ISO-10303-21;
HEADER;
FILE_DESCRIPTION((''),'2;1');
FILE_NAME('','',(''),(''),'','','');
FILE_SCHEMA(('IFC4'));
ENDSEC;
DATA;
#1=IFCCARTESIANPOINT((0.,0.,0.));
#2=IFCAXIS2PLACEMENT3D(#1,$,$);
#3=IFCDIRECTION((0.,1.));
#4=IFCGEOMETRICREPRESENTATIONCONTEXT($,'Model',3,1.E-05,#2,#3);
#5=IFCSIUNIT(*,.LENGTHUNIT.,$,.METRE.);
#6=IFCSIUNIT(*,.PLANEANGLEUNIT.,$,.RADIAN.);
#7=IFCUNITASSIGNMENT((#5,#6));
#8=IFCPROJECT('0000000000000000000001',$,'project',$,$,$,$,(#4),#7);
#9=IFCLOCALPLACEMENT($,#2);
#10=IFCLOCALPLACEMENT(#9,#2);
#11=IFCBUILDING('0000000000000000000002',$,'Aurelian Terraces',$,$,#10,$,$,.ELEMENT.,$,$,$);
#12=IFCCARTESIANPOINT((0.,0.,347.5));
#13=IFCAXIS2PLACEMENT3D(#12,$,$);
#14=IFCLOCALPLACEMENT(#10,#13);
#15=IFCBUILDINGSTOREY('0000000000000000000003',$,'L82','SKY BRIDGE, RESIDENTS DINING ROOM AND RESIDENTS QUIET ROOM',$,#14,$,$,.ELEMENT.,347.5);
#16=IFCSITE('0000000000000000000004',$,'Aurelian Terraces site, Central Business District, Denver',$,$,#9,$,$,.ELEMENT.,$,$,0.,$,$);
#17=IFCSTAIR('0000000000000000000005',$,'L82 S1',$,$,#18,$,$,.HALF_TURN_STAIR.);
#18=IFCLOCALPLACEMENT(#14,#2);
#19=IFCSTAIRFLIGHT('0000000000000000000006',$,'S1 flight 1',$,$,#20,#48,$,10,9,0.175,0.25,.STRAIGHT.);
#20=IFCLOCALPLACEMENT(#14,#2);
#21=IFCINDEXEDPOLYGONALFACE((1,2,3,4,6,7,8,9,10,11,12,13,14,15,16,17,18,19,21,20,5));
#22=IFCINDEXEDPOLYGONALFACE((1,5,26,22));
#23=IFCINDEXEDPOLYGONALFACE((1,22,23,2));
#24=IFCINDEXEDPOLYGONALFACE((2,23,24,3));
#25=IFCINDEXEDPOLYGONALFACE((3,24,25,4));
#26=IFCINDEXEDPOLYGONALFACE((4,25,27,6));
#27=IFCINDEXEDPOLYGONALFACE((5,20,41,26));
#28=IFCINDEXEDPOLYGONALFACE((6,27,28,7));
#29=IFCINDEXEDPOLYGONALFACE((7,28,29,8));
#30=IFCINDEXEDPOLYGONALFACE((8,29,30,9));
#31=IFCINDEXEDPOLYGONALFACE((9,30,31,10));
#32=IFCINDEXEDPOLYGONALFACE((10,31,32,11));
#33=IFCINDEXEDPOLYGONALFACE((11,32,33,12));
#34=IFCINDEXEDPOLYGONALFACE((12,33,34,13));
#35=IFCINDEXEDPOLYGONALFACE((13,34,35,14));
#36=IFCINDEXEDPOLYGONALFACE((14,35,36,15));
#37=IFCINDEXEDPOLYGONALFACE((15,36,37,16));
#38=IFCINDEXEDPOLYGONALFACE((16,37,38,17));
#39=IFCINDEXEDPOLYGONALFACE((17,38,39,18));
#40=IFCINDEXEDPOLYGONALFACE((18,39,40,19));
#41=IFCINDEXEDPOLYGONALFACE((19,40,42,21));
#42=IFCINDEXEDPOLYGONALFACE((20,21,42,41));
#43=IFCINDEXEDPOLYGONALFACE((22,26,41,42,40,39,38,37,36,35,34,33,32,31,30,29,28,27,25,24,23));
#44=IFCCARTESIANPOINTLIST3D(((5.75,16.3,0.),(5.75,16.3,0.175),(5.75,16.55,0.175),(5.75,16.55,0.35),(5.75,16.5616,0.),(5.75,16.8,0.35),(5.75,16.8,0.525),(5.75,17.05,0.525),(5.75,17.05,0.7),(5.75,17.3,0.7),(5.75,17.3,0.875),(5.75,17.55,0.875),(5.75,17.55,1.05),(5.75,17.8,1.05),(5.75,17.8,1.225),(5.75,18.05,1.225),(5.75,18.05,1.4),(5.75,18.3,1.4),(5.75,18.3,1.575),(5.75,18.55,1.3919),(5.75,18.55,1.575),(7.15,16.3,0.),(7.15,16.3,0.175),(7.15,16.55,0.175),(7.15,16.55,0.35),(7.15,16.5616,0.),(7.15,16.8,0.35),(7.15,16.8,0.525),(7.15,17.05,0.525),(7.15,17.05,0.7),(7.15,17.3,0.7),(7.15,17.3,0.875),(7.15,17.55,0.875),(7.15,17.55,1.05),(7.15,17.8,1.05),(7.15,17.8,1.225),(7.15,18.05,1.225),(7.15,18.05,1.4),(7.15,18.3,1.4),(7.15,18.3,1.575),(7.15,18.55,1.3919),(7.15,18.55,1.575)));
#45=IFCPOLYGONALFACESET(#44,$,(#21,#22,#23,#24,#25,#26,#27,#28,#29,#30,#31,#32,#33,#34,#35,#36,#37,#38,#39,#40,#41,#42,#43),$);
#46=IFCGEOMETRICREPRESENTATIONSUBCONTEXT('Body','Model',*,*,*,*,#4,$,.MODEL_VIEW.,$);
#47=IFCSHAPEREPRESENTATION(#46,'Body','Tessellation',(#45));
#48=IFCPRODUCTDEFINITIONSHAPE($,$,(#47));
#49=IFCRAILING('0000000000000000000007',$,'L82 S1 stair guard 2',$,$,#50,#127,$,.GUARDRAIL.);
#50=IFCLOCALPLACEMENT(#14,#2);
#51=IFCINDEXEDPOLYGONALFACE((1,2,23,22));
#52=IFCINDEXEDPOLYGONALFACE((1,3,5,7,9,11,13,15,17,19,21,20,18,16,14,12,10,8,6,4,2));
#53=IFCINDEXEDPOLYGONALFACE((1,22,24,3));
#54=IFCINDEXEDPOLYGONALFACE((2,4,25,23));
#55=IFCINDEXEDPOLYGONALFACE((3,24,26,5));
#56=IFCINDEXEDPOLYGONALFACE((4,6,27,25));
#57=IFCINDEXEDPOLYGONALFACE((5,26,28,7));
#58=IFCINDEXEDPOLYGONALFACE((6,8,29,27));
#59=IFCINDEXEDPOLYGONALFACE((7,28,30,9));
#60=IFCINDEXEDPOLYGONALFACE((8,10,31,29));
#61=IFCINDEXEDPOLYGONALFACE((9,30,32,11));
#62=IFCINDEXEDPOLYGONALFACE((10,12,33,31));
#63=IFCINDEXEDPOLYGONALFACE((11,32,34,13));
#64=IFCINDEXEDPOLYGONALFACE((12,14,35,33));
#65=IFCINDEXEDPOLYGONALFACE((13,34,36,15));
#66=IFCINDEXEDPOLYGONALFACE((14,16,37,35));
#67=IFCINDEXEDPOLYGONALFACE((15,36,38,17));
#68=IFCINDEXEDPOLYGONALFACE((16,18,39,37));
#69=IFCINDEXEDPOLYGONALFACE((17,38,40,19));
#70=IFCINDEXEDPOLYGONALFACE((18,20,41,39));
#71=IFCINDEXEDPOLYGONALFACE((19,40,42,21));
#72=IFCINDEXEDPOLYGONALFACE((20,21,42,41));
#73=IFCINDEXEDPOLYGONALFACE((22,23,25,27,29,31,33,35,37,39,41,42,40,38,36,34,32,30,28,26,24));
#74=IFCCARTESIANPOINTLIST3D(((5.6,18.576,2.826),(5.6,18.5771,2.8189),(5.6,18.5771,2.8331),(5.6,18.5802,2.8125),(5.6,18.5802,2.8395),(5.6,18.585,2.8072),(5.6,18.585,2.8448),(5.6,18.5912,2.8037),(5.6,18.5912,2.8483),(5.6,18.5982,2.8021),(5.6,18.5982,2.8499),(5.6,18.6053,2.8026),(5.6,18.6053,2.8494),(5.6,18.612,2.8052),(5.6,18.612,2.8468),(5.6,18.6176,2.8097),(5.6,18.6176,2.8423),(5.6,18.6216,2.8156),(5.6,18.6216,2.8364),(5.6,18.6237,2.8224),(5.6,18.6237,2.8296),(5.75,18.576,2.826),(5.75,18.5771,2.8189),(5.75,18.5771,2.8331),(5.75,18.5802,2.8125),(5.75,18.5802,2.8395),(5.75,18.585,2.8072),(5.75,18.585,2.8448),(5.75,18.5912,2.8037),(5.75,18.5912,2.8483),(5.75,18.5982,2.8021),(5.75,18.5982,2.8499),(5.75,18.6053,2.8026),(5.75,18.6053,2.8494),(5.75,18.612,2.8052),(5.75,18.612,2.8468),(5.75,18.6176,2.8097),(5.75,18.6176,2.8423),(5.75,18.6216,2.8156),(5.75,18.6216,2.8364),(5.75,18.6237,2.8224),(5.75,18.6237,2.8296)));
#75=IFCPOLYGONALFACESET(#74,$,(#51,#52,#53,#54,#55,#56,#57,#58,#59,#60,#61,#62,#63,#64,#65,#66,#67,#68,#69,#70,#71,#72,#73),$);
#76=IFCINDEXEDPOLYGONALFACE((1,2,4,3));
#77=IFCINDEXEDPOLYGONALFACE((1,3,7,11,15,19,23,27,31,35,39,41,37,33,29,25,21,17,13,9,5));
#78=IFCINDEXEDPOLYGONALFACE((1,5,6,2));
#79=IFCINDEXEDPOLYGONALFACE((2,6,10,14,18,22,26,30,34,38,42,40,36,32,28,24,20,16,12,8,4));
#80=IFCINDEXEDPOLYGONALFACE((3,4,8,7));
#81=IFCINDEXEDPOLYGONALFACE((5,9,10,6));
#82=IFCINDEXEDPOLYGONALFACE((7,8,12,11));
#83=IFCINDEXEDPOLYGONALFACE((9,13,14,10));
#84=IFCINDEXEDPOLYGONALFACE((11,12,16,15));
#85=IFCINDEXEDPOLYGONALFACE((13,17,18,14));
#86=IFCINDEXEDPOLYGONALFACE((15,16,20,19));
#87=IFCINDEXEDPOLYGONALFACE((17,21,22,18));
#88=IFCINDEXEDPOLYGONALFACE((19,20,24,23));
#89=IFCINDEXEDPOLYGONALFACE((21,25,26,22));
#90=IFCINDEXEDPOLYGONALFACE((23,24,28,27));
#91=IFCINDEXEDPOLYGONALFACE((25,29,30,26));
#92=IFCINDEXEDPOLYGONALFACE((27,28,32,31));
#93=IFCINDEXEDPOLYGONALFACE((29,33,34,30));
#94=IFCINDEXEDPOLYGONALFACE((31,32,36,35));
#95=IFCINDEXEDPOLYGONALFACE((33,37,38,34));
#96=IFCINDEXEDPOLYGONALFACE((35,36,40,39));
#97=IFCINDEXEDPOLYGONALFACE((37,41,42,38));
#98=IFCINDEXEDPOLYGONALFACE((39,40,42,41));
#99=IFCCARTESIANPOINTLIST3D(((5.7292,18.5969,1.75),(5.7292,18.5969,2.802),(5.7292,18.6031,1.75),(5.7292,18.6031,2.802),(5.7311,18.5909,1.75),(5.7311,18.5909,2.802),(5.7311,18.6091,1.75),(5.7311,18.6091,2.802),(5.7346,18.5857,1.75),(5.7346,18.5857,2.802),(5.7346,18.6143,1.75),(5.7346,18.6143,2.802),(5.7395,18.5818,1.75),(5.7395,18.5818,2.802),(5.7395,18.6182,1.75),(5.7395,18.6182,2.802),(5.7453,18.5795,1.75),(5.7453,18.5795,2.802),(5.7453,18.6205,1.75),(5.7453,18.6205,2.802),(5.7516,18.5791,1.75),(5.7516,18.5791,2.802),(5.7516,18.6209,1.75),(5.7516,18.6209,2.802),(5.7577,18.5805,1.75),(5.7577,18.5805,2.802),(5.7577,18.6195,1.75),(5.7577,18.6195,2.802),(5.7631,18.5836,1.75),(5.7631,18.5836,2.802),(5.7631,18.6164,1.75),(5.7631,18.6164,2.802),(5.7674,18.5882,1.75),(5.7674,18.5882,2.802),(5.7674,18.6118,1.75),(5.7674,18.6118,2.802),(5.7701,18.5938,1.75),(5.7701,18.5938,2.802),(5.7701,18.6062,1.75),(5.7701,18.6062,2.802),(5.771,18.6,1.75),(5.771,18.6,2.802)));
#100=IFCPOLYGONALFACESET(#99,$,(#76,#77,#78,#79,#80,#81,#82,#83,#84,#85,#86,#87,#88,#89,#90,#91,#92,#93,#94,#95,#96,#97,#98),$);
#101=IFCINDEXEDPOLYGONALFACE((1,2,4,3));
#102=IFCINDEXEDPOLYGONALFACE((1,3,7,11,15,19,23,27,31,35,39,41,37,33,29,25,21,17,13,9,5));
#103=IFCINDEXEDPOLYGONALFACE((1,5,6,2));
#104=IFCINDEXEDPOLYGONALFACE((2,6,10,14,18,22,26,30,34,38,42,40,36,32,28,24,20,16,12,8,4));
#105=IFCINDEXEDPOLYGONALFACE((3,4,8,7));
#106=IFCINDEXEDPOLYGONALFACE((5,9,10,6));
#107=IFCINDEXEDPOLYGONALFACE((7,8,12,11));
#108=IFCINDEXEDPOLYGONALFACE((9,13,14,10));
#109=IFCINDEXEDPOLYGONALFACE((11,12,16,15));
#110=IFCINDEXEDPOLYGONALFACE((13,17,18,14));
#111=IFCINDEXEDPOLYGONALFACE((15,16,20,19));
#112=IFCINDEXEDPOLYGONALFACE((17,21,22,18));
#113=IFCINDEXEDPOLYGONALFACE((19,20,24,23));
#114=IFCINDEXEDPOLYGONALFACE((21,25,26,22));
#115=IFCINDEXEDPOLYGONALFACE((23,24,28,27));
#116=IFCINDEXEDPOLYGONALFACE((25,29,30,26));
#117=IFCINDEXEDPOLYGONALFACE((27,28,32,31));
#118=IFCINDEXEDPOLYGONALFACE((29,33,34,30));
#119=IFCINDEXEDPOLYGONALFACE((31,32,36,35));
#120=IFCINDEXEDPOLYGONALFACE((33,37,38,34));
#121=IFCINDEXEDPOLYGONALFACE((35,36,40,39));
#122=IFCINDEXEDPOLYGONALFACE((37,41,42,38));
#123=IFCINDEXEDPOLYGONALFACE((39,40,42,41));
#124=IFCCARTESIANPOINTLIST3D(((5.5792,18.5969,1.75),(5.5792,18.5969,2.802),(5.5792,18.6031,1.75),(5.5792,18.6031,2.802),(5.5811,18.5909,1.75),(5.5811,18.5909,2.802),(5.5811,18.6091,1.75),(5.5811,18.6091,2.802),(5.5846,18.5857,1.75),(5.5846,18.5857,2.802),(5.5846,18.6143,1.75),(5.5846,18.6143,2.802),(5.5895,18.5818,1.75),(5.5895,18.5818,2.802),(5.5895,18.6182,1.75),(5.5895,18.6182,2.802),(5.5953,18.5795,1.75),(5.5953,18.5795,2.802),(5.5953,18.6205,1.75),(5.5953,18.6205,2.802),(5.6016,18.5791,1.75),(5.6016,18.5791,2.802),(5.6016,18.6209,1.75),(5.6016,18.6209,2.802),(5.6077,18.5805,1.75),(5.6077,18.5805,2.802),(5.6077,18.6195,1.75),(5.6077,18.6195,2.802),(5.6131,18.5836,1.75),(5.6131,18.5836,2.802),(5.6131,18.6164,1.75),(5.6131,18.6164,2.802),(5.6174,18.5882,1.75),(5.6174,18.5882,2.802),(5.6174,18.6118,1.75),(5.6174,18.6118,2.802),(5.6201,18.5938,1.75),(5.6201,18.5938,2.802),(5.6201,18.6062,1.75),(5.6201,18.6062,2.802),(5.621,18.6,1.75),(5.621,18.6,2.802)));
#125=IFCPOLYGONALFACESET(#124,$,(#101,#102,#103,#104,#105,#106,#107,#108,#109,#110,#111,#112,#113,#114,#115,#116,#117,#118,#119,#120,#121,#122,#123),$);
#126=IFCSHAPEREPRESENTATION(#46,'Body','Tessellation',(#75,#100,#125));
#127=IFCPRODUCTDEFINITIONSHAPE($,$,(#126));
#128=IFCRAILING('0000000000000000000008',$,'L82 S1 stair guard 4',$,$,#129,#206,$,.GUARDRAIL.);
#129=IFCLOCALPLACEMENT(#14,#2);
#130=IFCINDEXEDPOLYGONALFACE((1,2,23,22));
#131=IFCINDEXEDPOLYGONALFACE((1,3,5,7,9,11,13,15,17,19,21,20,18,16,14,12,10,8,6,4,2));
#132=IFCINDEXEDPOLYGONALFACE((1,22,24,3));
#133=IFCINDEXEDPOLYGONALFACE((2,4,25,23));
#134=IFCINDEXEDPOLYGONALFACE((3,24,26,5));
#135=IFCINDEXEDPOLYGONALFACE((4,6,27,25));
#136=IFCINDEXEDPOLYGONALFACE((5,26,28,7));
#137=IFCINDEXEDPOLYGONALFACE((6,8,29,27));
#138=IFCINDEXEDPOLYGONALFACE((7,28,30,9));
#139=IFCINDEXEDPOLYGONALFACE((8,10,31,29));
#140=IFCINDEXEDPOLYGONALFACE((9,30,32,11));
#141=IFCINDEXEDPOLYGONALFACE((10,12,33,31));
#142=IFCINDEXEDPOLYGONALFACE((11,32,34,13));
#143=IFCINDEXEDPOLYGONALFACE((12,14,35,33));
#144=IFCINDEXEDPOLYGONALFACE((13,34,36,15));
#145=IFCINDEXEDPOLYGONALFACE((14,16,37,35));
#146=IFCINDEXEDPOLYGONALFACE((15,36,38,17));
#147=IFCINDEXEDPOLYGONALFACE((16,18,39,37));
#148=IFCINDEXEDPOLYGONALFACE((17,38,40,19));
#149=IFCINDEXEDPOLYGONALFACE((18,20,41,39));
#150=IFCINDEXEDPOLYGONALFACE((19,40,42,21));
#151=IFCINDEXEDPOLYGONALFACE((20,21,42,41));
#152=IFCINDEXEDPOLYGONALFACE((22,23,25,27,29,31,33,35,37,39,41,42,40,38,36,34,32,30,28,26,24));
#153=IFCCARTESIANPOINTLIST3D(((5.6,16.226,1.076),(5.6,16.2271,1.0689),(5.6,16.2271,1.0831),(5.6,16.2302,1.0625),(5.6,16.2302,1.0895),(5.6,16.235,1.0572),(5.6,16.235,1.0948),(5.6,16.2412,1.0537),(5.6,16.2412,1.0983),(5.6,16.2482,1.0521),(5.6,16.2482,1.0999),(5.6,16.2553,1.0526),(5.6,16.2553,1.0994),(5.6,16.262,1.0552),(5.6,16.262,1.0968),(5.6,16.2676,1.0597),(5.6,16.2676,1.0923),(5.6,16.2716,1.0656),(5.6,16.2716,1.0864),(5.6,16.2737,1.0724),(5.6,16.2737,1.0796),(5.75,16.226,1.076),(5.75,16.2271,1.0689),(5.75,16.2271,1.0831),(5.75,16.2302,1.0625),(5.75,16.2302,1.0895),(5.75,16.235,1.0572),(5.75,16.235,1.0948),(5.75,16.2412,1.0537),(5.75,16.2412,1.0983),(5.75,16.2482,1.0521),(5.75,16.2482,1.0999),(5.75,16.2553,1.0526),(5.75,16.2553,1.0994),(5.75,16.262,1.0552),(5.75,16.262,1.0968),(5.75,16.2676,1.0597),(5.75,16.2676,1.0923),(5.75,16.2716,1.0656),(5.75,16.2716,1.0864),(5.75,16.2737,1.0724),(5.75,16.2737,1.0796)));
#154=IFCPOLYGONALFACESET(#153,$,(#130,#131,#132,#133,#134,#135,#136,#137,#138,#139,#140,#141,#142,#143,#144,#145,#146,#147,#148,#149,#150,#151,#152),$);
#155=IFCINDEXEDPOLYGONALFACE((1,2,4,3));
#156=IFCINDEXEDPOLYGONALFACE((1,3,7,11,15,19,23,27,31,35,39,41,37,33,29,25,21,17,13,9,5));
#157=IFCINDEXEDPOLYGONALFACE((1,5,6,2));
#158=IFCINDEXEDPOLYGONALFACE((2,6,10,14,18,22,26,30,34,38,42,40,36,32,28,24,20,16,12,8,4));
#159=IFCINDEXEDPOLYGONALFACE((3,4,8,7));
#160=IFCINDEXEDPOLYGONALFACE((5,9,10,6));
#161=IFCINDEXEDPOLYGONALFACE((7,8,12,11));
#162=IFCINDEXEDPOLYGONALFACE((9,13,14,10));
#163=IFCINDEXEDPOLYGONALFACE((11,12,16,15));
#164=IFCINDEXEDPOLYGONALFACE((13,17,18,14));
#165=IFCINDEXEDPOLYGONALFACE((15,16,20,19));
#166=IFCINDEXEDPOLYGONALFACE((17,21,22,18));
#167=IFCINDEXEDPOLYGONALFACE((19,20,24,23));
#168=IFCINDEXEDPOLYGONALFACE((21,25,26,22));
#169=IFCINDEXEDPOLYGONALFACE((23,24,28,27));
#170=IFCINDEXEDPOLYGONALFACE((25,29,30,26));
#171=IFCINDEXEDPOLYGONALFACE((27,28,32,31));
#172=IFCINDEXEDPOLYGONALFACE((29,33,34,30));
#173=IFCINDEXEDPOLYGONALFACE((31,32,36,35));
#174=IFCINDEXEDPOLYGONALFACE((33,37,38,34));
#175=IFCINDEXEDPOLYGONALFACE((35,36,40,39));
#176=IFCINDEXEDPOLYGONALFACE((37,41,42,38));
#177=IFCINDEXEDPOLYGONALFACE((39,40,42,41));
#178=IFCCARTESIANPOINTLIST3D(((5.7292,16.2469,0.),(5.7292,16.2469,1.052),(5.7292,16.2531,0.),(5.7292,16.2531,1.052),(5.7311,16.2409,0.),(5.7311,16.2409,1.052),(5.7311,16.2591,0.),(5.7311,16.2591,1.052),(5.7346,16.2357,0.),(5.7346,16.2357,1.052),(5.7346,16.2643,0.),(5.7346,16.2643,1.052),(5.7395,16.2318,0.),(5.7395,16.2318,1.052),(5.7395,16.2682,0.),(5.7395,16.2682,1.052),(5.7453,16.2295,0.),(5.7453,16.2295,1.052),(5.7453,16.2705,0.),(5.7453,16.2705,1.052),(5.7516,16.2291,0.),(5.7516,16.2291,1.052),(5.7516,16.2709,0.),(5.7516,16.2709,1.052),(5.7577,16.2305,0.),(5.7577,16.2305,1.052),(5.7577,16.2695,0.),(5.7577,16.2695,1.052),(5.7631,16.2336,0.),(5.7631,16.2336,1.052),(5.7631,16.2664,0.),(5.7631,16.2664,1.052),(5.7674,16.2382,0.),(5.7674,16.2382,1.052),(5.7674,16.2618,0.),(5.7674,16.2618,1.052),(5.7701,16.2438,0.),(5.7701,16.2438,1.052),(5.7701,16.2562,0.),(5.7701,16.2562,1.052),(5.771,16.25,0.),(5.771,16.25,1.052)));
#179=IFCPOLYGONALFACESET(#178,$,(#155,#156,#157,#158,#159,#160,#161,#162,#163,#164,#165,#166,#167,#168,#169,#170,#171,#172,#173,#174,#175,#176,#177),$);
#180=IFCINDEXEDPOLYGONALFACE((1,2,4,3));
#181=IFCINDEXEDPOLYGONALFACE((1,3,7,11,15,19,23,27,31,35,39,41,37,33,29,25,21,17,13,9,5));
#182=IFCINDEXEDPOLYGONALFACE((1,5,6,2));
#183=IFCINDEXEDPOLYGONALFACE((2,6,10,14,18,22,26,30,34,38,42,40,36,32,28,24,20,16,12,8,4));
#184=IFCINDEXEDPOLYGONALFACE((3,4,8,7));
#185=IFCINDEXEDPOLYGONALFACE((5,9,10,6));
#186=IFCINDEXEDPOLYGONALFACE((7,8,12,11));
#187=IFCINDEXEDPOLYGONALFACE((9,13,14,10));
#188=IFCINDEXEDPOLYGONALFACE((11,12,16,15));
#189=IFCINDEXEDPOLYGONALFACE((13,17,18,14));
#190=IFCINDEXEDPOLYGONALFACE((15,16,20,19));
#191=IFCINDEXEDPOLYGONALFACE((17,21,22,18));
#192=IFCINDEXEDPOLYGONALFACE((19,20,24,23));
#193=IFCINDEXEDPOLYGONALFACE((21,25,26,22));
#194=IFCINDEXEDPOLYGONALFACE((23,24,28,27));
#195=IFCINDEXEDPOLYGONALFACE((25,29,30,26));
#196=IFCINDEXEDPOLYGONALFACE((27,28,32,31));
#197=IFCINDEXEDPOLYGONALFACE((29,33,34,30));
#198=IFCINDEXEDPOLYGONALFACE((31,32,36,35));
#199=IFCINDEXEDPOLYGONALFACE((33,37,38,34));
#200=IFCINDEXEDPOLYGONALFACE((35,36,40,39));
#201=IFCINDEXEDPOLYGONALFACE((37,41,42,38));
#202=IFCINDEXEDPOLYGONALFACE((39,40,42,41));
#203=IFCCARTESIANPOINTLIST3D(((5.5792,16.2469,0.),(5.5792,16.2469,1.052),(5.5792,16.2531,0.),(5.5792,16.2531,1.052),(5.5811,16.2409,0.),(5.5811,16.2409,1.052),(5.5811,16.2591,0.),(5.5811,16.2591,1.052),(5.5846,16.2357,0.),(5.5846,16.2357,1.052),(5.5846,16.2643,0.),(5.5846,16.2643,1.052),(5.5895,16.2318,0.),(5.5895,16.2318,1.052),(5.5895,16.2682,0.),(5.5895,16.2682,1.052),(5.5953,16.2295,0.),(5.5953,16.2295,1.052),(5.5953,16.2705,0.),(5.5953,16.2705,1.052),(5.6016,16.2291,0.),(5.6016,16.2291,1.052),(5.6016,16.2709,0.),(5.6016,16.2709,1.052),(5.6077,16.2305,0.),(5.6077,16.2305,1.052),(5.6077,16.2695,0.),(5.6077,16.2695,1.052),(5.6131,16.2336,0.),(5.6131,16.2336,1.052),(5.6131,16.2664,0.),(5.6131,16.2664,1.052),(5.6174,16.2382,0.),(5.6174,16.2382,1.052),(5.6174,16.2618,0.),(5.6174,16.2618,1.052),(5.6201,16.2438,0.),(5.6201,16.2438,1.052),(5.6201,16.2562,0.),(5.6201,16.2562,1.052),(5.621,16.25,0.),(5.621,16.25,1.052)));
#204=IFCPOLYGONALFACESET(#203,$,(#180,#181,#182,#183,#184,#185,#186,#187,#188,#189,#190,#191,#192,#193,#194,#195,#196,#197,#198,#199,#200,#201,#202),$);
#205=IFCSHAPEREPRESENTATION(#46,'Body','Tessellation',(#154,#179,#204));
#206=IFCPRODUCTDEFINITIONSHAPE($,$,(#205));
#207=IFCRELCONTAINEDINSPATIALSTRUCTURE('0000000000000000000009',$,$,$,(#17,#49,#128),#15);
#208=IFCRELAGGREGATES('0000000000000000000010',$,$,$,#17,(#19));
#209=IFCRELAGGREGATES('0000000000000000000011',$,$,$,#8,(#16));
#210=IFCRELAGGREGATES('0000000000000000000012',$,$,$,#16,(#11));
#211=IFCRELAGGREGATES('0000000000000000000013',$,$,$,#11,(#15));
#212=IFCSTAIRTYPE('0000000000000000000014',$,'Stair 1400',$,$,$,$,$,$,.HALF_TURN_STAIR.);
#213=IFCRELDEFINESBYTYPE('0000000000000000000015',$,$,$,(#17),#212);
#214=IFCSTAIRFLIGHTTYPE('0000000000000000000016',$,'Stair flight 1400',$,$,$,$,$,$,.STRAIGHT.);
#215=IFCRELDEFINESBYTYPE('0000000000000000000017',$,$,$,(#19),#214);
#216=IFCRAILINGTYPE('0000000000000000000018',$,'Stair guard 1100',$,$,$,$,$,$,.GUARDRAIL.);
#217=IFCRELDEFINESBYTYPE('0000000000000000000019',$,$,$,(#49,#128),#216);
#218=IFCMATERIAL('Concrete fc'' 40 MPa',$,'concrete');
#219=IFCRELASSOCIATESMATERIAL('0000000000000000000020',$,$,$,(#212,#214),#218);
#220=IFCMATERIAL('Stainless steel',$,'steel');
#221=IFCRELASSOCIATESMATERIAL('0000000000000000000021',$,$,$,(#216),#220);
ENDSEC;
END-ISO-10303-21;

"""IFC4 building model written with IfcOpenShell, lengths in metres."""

from ifc_helpers import new_model, si_unit, direction, frame, origin, origin_2d, place, context, subcontext, project, spatial, polyline, circle, outline, extrude, source, transform, mapped, material, type_object, element, aggregate, save


model = new_model("IFC4")

# Units and contexts
model_context = context("Model", 3, precision=1e-05, world=origin(), true_north=direction((0.0, 1.0)))
body_context = subcontext(model_context, "Body", "Model", "MODEL_VIEW")
ifc_project = project(units=[si_unit("LENGTHUNIT", "METRE"), si_unit("PLANEANGLEUNIT", "RADIAN")], contexts=[model_context])

# Site, building, storey
site_placement = place(None, origin())
site = spatial("IfcSite", under=ifc_project, at=site_placement, Name="Aurelian Terraces site, Central Business District, Denver", CompositionType="ELEMENT", RefElevation=0.0)
building_placement = place(site_placement, origin())
building = spatial("IfcBuilding", under=site, at=building_placement, Name="Aurelian Terraces", CompositionType="ELEMENT")
storey_placement = place(building_placement, frame((0.0, 0.0, 347.5)))
storey = spatial("IfcBuildingStorey", under=building, at=storey_placement, Name="L82", Description="SKY BRIDGE, RESIDENTS DINING ROOM AND RESIDENTS QUIET ROOM", CompositionType="ELEMENT", Elevation=347.5)

# Shared definitions
ifc_material_1 = material(Name="Concrete fc' 40 MPa", Category="concrete")

# Stair, stair flight
stair_type = type_object("IfcStairType", Name="Stair 1400", PredefinedType="HALF_TURN_STAIR", material=ifc_material_1)
stair_placement = place(storey_placement, origin())
stair = element("IfcStair", 1, at=stair_placement, inside=storey, type_object=stair_type, Name="L82 S1", PredefinedType="HALF_TURN_STAIR")
stair_flight_type = type_object("IfcStairFlightType", Name="Stair flight 1400", PredefinedType="STRAIGHT", material=ifc_material_1)
shared_shape_1 = source(origin(), body_context, "Body", "SweptSolid", [
    extrude(outline(polyline([(0.0, 0.0), (0.0, 0.175), (0.25, 0.175), (0.25, 0.35), (0.5, 0.35), (0.5, 0.525), (0.75, 0.525), (0.75, 0.7), (1.0, 0.7), (1.0, 0.875), (1.25, 0.875), (1.25, 1.05), (1.5, 1.05), (1.5, 1.225), (1.75, 1.225), (1.75, 1.4), (2.0, 1.4), (2.0, 1.575), (2.25, 1.575), (2.25, 1.75), (2.25, 1.3919), (0.2616, 0.0), (0.0, 0.0)])), frame((0.0, 0.7, 0.0), z_axis=(0.0, -1.0, 0.0), x_axis=(1.0, 0.0, 0.0)), (0.0, 0.0, 1.0), 1.4),
])
stair_flight_placement = place(storey_placement, frame((6.45, 16.3, 0.0), z_axis=(0.0, 0.0, 1.0), x_axis=(0.0, 1.0, 0.0)))
stair_flight = element("IfcStairFlight", 2, at=stair_flight_placement, type_object=stair_flight_type, Name="S1 flight 1", NumberOfRisers=10, NumberOfTreads=9, PredefinedType="STRAIGHT", RiserHeight=0.175, TreadLength=0.25, context=body_context, shape_type="MappedRepresentation", body=[
    mapped(shared_shape_1, transform((0.0, 0.0, 0.0), scale=1.0)),
])
aggregate(stair, [stair_flight])

# Railings
ifc_material_2 = material(Name="Stainless steel", Category="steel")
railing_type_1 = type_object("IfcRailingType", Name="Stair guard 1100", PredefinedType="GUARDRAIL", material=ifc_material_2)
shared_shape_2 = source(origin(), body_context, "Body", "SweptSolid", [
    extrude(circle(Radius=0.024, at=origin_2d()), frame((0.0, 0.0, 1.076), z_axis=(-1.0, 0.0, 0.0), x_axis=(0.0, -1.0, 0.0)), (0.0, 0.0, 1.0), 0.15),
    extrude(circle(Radius=0.021, at=origin_2d()), origin(), (0.0, 0.0, 1.0), 1.052),
    extrude(circle(Radius=0.021, at=origin_2d()), frame((-0.15, 0.0, 0.0)), (0.0, 0.0, 1.0), 1.052),
])
for number, where, name in (
    (3, (5.75, 18.6, 1.75), "L82 S1 stair guard 2"),
    (4, (5.75, 16.25, 0.0), "L82 S1 stair guard 4"),
):
    element("IfcRailing", number, at=place(storey_placement, frame(where)), inside=storey, type_object=railing_type_1, Name=name, PredefinedType="GUARDRAIL", context=body_context, shape_type="MappedRepresentation", body=[
        mapped(shared_shape_2, transform((0.0, 0.0, 0.0), scale=1.0)),
    ])

save(model, "model.ifc")
